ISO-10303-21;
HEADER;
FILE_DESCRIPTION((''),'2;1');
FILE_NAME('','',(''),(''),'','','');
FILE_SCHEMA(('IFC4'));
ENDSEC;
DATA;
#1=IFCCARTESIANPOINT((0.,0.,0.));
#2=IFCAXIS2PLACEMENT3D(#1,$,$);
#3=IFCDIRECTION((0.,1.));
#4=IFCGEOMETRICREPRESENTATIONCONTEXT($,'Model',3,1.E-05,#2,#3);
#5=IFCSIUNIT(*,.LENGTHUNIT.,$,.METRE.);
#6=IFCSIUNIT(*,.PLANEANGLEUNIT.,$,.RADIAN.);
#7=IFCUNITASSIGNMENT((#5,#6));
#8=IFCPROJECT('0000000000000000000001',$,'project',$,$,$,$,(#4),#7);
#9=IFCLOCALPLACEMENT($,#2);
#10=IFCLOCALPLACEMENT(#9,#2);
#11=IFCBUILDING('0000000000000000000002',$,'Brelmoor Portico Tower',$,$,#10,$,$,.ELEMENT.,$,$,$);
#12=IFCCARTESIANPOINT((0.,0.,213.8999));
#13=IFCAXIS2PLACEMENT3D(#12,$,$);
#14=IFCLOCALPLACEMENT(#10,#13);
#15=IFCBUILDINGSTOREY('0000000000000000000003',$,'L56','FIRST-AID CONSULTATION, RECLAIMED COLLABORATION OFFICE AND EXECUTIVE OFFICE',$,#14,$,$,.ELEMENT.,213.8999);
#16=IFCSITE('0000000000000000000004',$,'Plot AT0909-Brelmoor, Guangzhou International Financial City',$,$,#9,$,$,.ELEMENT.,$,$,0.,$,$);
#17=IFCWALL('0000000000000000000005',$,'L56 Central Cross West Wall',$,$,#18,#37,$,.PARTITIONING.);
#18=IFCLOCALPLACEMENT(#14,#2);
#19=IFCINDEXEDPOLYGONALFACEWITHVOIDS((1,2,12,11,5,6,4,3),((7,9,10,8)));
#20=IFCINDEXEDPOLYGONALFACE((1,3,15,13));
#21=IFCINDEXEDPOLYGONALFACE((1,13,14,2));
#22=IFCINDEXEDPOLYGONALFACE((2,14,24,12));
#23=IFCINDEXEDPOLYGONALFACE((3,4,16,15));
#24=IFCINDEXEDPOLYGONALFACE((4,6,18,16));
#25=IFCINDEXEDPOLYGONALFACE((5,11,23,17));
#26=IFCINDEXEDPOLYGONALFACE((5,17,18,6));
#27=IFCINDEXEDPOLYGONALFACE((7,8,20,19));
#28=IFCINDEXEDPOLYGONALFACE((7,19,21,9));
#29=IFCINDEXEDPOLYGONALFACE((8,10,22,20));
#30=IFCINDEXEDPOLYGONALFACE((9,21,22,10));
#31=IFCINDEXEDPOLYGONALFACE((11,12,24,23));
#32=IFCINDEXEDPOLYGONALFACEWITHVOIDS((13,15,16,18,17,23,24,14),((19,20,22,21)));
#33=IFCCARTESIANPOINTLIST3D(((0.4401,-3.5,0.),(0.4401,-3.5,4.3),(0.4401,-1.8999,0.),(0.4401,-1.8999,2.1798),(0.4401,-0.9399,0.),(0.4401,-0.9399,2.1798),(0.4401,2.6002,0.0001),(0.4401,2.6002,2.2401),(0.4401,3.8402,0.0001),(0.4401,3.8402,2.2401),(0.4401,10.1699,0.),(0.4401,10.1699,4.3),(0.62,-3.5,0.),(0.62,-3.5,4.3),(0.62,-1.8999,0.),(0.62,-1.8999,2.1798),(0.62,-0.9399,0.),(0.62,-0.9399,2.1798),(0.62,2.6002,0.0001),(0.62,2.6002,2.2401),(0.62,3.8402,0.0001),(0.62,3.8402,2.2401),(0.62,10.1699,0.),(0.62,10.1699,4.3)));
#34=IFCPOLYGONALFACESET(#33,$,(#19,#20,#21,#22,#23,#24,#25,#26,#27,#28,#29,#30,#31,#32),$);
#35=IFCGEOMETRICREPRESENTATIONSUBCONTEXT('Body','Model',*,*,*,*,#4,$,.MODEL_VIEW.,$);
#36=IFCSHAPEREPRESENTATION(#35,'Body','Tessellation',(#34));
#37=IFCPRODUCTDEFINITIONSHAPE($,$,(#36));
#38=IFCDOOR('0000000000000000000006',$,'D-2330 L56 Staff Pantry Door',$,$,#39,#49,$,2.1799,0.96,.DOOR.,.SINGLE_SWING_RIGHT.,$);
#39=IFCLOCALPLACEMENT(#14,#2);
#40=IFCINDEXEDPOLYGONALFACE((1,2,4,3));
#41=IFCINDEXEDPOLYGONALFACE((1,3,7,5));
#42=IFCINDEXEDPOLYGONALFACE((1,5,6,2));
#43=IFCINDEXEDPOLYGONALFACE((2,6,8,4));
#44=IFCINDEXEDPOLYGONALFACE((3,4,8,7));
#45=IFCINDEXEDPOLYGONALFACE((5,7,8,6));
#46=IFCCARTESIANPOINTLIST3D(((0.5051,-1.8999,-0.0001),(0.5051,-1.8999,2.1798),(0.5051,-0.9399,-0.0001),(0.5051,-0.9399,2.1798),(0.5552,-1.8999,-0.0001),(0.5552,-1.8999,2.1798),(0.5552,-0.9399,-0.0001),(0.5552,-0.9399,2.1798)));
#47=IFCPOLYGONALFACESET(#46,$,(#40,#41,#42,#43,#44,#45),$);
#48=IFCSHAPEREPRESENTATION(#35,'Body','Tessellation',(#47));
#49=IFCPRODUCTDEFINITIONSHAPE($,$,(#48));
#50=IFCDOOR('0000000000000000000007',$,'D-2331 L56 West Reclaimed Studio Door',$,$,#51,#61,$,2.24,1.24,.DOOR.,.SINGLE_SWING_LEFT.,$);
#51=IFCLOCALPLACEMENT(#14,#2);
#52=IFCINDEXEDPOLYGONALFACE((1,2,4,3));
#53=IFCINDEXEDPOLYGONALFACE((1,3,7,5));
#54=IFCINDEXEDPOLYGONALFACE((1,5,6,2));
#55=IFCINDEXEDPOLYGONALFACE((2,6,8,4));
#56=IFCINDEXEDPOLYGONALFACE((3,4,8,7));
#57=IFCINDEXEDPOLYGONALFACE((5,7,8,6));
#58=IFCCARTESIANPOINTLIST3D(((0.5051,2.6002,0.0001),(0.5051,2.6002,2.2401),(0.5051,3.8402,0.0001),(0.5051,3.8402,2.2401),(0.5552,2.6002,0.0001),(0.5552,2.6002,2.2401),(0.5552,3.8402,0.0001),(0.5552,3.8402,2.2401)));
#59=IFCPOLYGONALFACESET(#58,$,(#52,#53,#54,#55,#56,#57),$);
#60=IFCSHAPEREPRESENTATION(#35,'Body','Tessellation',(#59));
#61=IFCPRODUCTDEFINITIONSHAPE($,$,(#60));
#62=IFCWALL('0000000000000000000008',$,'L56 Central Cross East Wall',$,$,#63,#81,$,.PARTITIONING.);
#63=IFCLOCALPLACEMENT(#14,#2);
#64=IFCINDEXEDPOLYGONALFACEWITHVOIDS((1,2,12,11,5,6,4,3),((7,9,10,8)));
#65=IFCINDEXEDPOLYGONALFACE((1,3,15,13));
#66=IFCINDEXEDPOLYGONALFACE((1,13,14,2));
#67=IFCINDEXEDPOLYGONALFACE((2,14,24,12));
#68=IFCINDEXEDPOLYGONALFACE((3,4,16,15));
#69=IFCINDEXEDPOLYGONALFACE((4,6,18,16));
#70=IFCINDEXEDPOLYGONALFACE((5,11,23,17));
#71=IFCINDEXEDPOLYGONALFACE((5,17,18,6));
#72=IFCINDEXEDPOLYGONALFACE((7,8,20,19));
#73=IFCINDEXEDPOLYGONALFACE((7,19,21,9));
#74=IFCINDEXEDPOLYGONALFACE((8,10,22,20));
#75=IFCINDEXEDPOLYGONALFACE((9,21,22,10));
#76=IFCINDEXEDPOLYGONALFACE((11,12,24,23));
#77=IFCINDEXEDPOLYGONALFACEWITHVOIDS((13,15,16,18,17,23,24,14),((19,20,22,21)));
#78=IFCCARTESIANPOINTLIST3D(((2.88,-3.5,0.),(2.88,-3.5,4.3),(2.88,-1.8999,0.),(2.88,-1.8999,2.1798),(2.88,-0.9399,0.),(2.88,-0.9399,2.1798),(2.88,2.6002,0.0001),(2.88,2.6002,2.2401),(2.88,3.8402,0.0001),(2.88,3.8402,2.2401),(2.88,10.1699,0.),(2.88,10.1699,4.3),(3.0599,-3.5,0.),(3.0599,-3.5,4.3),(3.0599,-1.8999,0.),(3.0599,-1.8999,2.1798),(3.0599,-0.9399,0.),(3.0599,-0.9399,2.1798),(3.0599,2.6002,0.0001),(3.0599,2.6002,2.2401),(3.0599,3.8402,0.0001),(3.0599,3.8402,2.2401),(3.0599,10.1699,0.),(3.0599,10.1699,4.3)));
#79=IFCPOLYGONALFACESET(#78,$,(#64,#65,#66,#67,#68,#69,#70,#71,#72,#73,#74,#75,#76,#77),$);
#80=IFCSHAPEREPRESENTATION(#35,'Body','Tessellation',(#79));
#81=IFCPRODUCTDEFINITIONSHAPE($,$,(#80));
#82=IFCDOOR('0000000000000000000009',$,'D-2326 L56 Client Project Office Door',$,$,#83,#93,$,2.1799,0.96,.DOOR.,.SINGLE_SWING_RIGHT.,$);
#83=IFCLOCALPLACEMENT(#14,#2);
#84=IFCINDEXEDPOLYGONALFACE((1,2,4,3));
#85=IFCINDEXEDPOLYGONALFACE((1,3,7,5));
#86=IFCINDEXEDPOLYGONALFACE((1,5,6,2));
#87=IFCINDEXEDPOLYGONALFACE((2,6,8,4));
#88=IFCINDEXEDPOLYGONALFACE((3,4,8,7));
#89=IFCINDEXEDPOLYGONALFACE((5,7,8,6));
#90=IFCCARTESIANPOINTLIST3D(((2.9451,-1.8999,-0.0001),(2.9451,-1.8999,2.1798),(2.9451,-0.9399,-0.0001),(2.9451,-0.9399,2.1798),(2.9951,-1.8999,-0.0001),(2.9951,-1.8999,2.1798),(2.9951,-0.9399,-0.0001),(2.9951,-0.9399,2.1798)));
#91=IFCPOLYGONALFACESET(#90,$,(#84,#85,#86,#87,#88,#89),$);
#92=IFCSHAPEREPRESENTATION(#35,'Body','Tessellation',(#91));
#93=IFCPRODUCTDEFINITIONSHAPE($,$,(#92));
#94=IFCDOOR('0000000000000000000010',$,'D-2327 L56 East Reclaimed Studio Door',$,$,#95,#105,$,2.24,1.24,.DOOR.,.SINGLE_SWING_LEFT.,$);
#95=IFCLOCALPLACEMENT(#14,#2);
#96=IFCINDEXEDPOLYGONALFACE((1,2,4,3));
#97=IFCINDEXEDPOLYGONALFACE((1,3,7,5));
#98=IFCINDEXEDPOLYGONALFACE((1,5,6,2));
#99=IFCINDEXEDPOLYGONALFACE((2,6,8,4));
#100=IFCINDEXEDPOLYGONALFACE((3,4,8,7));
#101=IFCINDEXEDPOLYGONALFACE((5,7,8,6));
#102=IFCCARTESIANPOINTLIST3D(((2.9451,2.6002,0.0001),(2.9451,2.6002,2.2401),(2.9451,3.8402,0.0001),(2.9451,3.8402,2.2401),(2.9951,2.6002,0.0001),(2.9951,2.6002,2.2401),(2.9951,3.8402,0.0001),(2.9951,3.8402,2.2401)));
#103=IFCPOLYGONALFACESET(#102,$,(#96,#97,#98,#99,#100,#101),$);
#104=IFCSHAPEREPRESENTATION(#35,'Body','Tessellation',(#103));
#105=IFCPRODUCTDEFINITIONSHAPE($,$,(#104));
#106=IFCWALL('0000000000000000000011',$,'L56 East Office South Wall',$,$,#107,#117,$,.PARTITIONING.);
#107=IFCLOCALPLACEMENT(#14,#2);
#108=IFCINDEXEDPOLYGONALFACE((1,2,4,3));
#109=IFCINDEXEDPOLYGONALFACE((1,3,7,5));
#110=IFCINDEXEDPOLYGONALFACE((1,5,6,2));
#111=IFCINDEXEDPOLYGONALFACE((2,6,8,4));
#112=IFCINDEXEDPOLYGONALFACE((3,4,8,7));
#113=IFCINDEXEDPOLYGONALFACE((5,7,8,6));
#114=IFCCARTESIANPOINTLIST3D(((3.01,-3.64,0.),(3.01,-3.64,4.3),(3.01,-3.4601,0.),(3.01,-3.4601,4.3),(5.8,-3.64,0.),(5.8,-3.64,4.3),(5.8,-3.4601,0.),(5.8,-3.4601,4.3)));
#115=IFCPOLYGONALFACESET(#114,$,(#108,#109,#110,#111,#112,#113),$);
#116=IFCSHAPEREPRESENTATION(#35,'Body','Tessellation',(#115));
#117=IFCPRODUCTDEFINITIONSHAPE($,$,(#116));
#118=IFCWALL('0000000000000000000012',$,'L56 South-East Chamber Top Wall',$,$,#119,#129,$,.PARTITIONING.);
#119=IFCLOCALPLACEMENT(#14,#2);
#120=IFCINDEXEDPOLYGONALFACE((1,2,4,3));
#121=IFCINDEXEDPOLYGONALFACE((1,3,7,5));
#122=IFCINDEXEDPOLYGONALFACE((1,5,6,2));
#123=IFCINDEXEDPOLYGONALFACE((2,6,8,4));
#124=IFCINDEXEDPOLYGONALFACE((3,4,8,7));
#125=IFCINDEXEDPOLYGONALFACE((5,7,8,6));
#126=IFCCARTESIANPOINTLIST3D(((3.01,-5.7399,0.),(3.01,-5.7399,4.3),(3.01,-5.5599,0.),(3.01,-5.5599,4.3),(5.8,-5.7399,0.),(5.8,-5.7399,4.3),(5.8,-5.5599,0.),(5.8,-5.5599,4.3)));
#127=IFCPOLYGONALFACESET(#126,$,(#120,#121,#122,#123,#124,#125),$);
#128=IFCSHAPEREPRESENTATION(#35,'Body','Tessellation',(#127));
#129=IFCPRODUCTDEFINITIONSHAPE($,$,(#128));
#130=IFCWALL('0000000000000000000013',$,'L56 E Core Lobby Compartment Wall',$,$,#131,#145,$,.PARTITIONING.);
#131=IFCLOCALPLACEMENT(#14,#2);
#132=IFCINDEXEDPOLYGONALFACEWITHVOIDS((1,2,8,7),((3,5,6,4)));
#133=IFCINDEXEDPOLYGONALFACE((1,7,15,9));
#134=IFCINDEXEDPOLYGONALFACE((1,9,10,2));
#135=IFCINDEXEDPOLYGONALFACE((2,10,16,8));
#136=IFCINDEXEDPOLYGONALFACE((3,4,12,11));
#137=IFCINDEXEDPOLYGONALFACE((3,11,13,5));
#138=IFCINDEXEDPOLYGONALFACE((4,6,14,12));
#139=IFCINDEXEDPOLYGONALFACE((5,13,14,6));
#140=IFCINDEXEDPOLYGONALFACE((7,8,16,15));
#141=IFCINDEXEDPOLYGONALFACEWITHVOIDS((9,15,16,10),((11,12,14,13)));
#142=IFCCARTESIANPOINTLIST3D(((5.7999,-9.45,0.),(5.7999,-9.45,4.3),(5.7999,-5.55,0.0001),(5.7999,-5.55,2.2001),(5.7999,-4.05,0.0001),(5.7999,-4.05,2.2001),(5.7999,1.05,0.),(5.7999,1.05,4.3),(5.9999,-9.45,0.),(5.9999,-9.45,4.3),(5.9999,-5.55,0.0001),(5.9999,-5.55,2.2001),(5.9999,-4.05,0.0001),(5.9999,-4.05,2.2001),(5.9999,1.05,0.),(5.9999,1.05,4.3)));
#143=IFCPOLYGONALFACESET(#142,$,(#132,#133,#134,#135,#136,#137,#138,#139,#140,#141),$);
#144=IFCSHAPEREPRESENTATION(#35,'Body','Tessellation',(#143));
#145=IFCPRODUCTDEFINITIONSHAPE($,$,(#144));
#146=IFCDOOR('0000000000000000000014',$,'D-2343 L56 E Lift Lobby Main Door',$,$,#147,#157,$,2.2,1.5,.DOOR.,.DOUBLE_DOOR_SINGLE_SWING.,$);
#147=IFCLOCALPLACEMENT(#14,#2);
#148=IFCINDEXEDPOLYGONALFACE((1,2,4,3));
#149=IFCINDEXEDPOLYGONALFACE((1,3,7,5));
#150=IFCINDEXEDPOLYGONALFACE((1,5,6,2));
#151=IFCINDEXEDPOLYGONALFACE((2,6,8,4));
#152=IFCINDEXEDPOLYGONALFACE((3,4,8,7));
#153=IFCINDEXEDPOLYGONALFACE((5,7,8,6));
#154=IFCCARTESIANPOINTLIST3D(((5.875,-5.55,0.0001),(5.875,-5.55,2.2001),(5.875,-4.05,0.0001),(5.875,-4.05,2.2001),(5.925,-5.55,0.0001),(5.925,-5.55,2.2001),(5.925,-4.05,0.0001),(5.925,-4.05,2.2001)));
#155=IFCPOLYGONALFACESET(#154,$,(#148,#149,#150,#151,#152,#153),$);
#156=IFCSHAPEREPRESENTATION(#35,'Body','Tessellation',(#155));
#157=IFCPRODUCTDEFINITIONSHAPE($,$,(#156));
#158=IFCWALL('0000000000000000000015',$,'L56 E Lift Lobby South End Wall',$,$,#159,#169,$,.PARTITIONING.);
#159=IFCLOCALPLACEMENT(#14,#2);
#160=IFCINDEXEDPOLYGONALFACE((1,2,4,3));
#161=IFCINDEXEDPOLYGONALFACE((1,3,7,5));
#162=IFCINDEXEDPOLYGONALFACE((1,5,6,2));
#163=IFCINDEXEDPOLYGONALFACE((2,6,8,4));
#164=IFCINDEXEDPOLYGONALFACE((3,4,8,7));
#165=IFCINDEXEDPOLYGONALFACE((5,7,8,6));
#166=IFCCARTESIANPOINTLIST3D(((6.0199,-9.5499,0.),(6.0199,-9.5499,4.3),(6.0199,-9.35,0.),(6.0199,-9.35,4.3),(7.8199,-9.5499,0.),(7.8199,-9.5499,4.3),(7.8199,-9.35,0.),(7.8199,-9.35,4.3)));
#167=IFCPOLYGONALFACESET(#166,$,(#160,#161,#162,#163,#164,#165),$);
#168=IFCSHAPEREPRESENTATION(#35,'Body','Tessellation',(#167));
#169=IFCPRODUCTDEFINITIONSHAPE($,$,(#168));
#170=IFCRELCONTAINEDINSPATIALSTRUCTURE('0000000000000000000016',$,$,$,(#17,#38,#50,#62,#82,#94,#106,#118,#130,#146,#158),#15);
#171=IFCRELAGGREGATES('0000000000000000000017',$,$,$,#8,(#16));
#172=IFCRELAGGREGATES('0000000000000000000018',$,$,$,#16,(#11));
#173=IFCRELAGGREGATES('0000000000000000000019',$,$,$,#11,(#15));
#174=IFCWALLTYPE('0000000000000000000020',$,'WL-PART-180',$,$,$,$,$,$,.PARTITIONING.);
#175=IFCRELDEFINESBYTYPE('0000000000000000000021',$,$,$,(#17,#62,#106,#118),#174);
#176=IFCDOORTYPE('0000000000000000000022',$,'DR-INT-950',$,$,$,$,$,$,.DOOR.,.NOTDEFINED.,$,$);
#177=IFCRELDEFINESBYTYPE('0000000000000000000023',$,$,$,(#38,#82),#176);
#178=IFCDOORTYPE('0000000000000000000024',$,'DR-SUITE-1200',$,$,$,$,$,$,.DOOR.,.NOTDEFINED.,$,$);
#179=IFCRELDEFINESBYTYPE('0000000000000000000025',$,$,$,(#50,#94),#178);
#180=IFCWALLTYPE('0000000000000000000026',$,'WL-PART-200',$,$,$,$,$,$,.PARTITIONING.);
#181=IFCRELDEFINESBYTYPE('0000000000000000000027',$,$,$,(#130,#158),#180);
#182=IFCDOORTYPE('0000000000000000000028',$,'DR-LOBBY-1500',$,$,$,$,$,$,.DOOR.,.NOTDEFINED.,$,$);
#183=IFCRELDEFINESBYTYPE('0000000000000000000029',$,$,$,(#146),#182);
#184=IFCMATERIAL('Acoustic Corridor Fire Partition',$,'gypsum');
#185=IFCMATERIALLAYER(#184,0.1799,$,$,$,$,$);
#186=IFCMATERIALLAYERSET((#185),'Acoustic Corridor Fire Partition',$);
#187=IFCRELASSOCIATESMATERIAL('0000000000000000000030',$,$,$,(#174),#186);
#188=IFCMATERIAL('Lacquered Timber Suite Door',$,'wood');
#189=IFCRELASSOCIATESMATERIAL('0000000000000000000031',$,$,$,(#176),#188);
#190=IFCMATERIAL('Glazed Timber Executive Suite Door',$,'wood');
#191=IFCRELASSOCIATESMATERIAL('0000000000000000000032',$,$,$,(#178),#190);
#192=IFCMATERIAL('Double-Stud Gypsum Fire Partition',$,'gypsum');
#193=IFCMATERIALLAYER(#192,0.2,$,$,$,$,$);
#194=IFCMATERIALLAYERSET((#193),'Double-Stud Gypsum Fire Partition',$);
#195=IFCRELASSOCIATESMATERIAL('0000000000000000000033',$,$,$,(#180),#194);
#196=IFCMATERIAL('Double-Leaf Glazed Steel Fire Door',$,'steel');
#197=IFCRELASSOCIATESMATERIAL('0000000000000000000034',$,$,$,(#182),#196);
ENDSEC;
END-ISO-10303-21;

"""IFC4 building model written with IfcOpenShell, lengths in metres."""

from ifc_helpers import new_model, si_unit, direction, frame, frame_2d, origin, place, context, subcontext, project, spatial, rectangle, extrude, material, layer, layer_set, type_object, element, fill, save


model = new_model("IFC4")

# Units and contexts
model_context = context("Model", 3, precision=1e-05, world=origin(), true_north=direction((0.0, 1.0)))
body_context = subcontext(model_context, "Body", "Model", "MODEL_VIEW")
ifc_project = project(units=[si_unit("LENGTHUNIT", "METRE"), si_unit("PLANEANGLEUNIT", "RADIAN")], contexts=[model_context])

# Site, building, storey
site_placement = place(None, origin())
site = spatial("IfcSite", under=ifc_project, at=site_placement, Name="Plot AT0909-Brelmoor, Guangzhou International Financial City", CompositionType="ELEMENT", RefElevation=0.0)
building_placement = place(site_placement, origin())
building = spatial("IfcBuilding", under=site, at=building_placement, Name="Brelmoor Portico Tower", CompositionType="ELEMENT")
storey_placement = place(building_placement, frame((0.0, 0.0, 213.8999)))
storey = spatial("IfcBuildingStorey", under=building, at=storey_placement, Name="L56", Description="FIRST-AID CONSULTATION, RECLAIMED COLLABORATION OFFICE AND EXECUTIVE OFFICE", CompositionType="ELEMENT", Elevation=213.8999)

# Walls, openings, doors
ifc_material_1 = material(Name="Acoustic Corridor Fire Partition", Category="gypsum")
ifc_layer_1 = layer(ifc_material_1, 0.1799)
ifc_layer_set_1 = layer_set([ifc_layer_1], Name="Acoustic Corridor Fire Partition")
wall_type_1 = type_object("IfcWallType", Name="WL-PART-180", PredefinedType="PARTITIONING", material=ifc_layer_set_1)
wall_1_placement = place(storey_placement, frame((0.53, -3.5, 0.0), z_axis=(0.0, 0.0, 1.0), x_axis=(0.0, 1.0, 0.0)))
wall_1 = element("IfcWall", 1, at=wall_1_placement, inside=storey, type_object=wall_type_1, Name="L56 Central Cross West Wall", PredefinedType="PARTITIONING", context=body_context, shape_type="SweptSolid", body=[
    extrude(rectangle(XDim=13.6699, YDim=0.1799, at=frame_2d((6.835, 0.0))), origin(), (0.0, 0.0, 1.0), 4.3),
])
opening_1_placement = place(wall_1_placement, frame((6.1001, 0.0, 0.0)))
opening_1 = element("IfcOpeningElement", 2, at=opening_1_placement, cuts=wall_1, PredefinedType="OPENING", context=body_context, shape_type="SweptSolid", body=[
    extrude(rectangle(XDim=1.24, YDim=2.24, at=frame_2d((0.6201, 1.1201))), frame((0.0, 0.0999, 0.0), z_axis=(0.0, -1.0, 0.0), x_axis=(1.0, 0.0, 0.0)), (0.0, 0.0, 1.0), 0.2),
])
opening_2_placement = place(wall_1_placement, frame((1.6001, 0.0, 0.0)))
opening_2 = element("IfcOpeningElement", 3, at=opening_2_placement, cuts=wall_1, PredefinedType="OPENING", context=body_context, shape_type="SweptSolid", body=[
    extrude(rectangle(XDim=0.96, YDim=2.1799, at=frame_2d((0.48, 1.0898))), frame((0.0, 0.0999, 0.0), z_axis=(0.0, -1.0, 0.0), x_axis=(1.0, 0.0, 0.0)), (0.0, 0.0, 1.0), 0.2),
])
ifc_material_2 = material(Name="Lacquered Timber Suite Door", Category="wood")
door_type_1 = type_object("IfcDoorType", Name="DR-INT-950", OperationType="NOTDEFINED", PredefinedType="DOOR", material=ifc_material_2)
door_1_placement = place(opening_2_placement, origin())
door_1 = element("IfcDoor", 4, at=door_1_placement, inside=storey, type_object=door_type_1, Name="D-2330 L56 Staff Pantry Door", OperationType="SINGLE_SWING_RIGHT", OverallHeight=2.1799, OverallWidth=0.96, PredefinedType="DOOR", context=body_context, shape_type="SweptSolid", body=[
    extrude(rectangle(XDim=0.96, YDim=2.1799, at=frame_2d((0.48, 1.0898))), frame((0.0, 0.0249, 0.0), z_axis=(0.0, -1.0, 0.0), x_axis=(1.0, 0.0, 0.0)), (0.0, 0.0, 1.0), 0.05),
])
fill(opening_2, door_1)
ifc_material_3 = material(Name="Glazed Timber Executive Suite Door", Category="wood")
door_type_2 = type_object("IfcDoorType", Name="DR-SUITE-1200", OperationType="NOTDEFINED", PredefinedType="DOOR", material=ifc_material_3)
door_2_placement = place(opening_1_placement, origin())
door_2 = element("IfcDoor", 5, at=door_2_placement, inside=storey, type_object=door_type_2, Name="D-2331 L56 West Reclaimed Studio Door", OperationType="SINGLE_SWING_LEFT", OverallHeight=2.24, OverallWidth=1.24, PredefinedType="DOOR", context=body_context, shape_type="SweptSolid", body=[
    extrude(rectangle(XDim=1.24, YDim=2.24, at=frame_2d((0.6201, 1.1201))), frame((0.0, 0.0249, 0.0), z_axis=(0.0, -1.0, 0.0), x_axis=(1.0, 0.0, 0.0)), (0.0, 0.0, 1.0), 0.05),
])
fill(opening_1, door_2)
wall_2_placement = place(storey_placement, frame((2.97, -3.5, 0.0), z_axis=(0.0, 0.0, 1.0), x_axis=(0.0, 1.0, 0.0)))
wall_2 = element("IfcWall", 6, at=wall_2_placement, inside=storey, type_object=wall_type_1, Name="L56 Central Cross East Wall", PredefinedType="PARTITIONING", context=body_context, shape_type="SweptSolid", body=[
    extrude(rectangle(XDim=13.6699, YDim=0.1799, at=frame_2d((6.835, 0.0))), origin(), (0.0, 0.0, 1.0), 4.3),
])
opening_3_placement = place(wall_2_placement, frame((6.1001, 0.0, 0.0)))
opening_3 = element("IfcOpeningElement", 7, at=opening_3_placement, cuts=wall_2, PredefinedType="OPENING", context=body_context, shape_type="SweptSolid", body=[
    extrude(rectangle(XDim=1.24, YDim=2.24, at=frame_2d((0.6201, 1.1201))), frame((0.0, 0.0999, 0.0), z_axis=(0.0, -1.0, 0.0), x_axis=(1.0, 0.0, 0.0)), (0.0, 0.0, 1.0), 0.2),
])
opening_4_placement = place(wall_2_placement, frame((1.6001, 0.0, 0.0)))
opening_4 = element("IfcOpeningElement", 8, at=opening_4_placement, cuts=wall_2, PredefinedType="OPENING", context=body_context, shape_type="SweptSolid", body=[
    extrude(rectangle(XDim=0.96, YDim=2.1799, at=frame_2d((0.48, 1.0898))), frame((0.0, 0.0999, 0.0), z_axis=(0.0, -1.0, 0.0), x_axis=(1.0, 0.0, 0.0)), (0.0, 0.0, 1.0), 0.2),
])
door_3_placement = place(opening_4_placement, origin())
door_3 = element("IfcDoor", 9, at=door_3_placement, inside=storey, type_object=door_type_1, Name="D-2326 L56 Client Project Office Door", OperationType="SINGLE_SWING_RIGHT", OverallHeight=2.1799, OverallWidth=0.96, PredefinedType="DOOR", context=body_context, shape_type="SweptSolid", body=[
    extrude(rectangle(XDim=0.96, YDim=2.1799, at=frame_2d((0.48, 1.0898))), frame((0.0, 0.0249, 0.0), z_axis=(0.0, -1.0, 0.0), x_axis=(1.0, 0.0, 0.0)), (0.0, 0.0, 1.0), 0.05),
])
fill(opening_4, door_3)
door_4_placement = place(opening_3_placement, origin())
door_4 = element("IfcDoor", 10, at=door_4_placement, inside=storey, type_object=door_type_2, Name="D-2327 L56 East Reclaimed Studio Door", OperationType="SINGLE_SWING_LEFT", OverallHeight=2.24, OverallWidth=1.24, PredefinedType="DOOR", context=body_context, shape_type="SweptSolid", body=[
    extrude(rectangle(XDim=1.24, YDim=2.24, at=frame_2d((0.6201, 1.1201))), frame((0.0, 0.0249, 0.0), z_axis=(0.0, -1.0, 0.0), x_axis=(1.0, 0.0, 0.0)), (0.0, 0.0, 1.0), 0.05),
])
fill(opening_3, door_4)

# Walls
for number, where, z_axis, x_axis, name in (
    (11, (3.01, -3.55, 0.0), (0.0, 0.0, 1.0), (1.0, 0.0, 0.0), "L56 East Office South Wall"),
    (12, (3.01, -5.6499, 0.0), (0.0, 0.0, 1.0), (1.0, 0.0, 0.0), "L56 South-East Chamber Top Wall"),
):
    element("IfcWall", number, at=place(storey_placement, frame(where, z_axis=z_axis, x_axis=x_axis)), inside=storey, type_object=wall_type_1, Name=name, PredefinedType="PARTITIONING", context=body_context, shape_type="SweptSolid", body=[
        extrude(rectangle(XDim=2.79, YDim=0.1799, at=frame_2d((1.395, 0.0))), origin(), (0.0, 0.0, 1.0), 4.3),
    ])

# Wall, opening, door
ifc_material_4 = material(Name="Double-Stud Gypsum Fire Partition", Category="gypsum")
ifc_layer_2 = layer(ifc_material_4, 0.2)
ifc_layer_set_2 = layer_set([ifc_layer_2], Name="Double-Stud Gypsum Fire Partition")
wall_type_2 = type_object("IfcWallType", Name="WL-PART-200", PredefinedType="PARTITIONING", material=ifc_layer_set_2)
wall_3_placement = place(storey_placement, frame((5.8999, -9.45, 0.0), z_axis=(0.0, 0.0, 1.0), x_axis=(0.0, 1.0, 0.0)))
wall_3 = element("IfcWall", 13, at=wall_3_placement, inside=storey, type_object=wall_type_2, Name="L56 E Core Lobby Compartment Wall", PredefinedType="PARTITIONING", context=body_context, shape_type="SweptSolid", body=[
    extrude(rectangle(XDim=10.5, YDim=0.2, at=frame_2d((5.25, 0.0))), origin(), (0.0, 0.0, 1.0), 4.3),
])
opening_5_placement = place(wall_3_placement, frame((3.8999, 0.0, 0.0)))
opening_5 = element("IfcOpeningElement", 14, at=opening_5_placement, cuts=wall_3, PredefinedType="OPENING", context=body_context, shape_type="SweptSolid", body=[
    extrude(rectangle(XDim=1.5, YDim=2.2, at=frame_2d((0.75, 1.1001))), frame((0.0, 0.1099, 0.0), z_axis=(0.0, -1.0, 0.0), x_axis=(1.0, 0.0, 0.0)), (0.0, 0.0, 1.0), 0.22),
])
ifc_material_5 = material(Name="Double-Leaf Glazed Steel Fire Door", Category="steel")
door_type_3 = type_object("IfcDoorType", Name="DR-LOBBY-1500", OperationType="NOTDEFINED", PredefinedType="DOOR", material=ifc_material_5)
door_5_placement = place(opening_5_placement, origin())
door_5 = element("IfcDoor", 15, at=door_5_placement, inside=storey, type_object=door_type_3, Name="D-2343 L56 E Lift Lobby Main Door", OperationType="DOUBLE_DOOR_SINGLE_SWING", OverallHeight=2.2, OverallWidth=1.5, PredefinedType="DOOR", context=body_context, shape_type="SweptSolid", body=[
    extrude(rectangle(XDim=1.5, YDim=2.2, at=frame_2d((0.75, 1.1001))), frame((0.0, 0.0249, 0.0), z_axis=(0.0, -1.0, 0.0), x_axis=(1.0, 0.0, 0.0)), (0.0, 0.0, 1.0), 0.05),
])
fill(opening_5, door_5)

# Wall
wall_4_placement = place(storey_placement, frame((6.02, -9.45, 0.0), z_axis=(0.0, 0.0, 1.0), x_axis=(1.0, 0.0, 0.0)))
element("IfcWall", 16, at=wall_4_placement, inside=storey, type_object=wall_type_2, Name="L56 E Lift Lobby South End Wall", PredefinedType="PARTITIONING", context=body_context, shape_type="SweptSolid", body=[
    extrude(rectangle(XDim=1.8, YDim=0.2, at=frame_2d((0.8999, 0.0))), origin(), (0.0, 0.0, 1.0), 4.3),
])

save(model, "model.ifc")
